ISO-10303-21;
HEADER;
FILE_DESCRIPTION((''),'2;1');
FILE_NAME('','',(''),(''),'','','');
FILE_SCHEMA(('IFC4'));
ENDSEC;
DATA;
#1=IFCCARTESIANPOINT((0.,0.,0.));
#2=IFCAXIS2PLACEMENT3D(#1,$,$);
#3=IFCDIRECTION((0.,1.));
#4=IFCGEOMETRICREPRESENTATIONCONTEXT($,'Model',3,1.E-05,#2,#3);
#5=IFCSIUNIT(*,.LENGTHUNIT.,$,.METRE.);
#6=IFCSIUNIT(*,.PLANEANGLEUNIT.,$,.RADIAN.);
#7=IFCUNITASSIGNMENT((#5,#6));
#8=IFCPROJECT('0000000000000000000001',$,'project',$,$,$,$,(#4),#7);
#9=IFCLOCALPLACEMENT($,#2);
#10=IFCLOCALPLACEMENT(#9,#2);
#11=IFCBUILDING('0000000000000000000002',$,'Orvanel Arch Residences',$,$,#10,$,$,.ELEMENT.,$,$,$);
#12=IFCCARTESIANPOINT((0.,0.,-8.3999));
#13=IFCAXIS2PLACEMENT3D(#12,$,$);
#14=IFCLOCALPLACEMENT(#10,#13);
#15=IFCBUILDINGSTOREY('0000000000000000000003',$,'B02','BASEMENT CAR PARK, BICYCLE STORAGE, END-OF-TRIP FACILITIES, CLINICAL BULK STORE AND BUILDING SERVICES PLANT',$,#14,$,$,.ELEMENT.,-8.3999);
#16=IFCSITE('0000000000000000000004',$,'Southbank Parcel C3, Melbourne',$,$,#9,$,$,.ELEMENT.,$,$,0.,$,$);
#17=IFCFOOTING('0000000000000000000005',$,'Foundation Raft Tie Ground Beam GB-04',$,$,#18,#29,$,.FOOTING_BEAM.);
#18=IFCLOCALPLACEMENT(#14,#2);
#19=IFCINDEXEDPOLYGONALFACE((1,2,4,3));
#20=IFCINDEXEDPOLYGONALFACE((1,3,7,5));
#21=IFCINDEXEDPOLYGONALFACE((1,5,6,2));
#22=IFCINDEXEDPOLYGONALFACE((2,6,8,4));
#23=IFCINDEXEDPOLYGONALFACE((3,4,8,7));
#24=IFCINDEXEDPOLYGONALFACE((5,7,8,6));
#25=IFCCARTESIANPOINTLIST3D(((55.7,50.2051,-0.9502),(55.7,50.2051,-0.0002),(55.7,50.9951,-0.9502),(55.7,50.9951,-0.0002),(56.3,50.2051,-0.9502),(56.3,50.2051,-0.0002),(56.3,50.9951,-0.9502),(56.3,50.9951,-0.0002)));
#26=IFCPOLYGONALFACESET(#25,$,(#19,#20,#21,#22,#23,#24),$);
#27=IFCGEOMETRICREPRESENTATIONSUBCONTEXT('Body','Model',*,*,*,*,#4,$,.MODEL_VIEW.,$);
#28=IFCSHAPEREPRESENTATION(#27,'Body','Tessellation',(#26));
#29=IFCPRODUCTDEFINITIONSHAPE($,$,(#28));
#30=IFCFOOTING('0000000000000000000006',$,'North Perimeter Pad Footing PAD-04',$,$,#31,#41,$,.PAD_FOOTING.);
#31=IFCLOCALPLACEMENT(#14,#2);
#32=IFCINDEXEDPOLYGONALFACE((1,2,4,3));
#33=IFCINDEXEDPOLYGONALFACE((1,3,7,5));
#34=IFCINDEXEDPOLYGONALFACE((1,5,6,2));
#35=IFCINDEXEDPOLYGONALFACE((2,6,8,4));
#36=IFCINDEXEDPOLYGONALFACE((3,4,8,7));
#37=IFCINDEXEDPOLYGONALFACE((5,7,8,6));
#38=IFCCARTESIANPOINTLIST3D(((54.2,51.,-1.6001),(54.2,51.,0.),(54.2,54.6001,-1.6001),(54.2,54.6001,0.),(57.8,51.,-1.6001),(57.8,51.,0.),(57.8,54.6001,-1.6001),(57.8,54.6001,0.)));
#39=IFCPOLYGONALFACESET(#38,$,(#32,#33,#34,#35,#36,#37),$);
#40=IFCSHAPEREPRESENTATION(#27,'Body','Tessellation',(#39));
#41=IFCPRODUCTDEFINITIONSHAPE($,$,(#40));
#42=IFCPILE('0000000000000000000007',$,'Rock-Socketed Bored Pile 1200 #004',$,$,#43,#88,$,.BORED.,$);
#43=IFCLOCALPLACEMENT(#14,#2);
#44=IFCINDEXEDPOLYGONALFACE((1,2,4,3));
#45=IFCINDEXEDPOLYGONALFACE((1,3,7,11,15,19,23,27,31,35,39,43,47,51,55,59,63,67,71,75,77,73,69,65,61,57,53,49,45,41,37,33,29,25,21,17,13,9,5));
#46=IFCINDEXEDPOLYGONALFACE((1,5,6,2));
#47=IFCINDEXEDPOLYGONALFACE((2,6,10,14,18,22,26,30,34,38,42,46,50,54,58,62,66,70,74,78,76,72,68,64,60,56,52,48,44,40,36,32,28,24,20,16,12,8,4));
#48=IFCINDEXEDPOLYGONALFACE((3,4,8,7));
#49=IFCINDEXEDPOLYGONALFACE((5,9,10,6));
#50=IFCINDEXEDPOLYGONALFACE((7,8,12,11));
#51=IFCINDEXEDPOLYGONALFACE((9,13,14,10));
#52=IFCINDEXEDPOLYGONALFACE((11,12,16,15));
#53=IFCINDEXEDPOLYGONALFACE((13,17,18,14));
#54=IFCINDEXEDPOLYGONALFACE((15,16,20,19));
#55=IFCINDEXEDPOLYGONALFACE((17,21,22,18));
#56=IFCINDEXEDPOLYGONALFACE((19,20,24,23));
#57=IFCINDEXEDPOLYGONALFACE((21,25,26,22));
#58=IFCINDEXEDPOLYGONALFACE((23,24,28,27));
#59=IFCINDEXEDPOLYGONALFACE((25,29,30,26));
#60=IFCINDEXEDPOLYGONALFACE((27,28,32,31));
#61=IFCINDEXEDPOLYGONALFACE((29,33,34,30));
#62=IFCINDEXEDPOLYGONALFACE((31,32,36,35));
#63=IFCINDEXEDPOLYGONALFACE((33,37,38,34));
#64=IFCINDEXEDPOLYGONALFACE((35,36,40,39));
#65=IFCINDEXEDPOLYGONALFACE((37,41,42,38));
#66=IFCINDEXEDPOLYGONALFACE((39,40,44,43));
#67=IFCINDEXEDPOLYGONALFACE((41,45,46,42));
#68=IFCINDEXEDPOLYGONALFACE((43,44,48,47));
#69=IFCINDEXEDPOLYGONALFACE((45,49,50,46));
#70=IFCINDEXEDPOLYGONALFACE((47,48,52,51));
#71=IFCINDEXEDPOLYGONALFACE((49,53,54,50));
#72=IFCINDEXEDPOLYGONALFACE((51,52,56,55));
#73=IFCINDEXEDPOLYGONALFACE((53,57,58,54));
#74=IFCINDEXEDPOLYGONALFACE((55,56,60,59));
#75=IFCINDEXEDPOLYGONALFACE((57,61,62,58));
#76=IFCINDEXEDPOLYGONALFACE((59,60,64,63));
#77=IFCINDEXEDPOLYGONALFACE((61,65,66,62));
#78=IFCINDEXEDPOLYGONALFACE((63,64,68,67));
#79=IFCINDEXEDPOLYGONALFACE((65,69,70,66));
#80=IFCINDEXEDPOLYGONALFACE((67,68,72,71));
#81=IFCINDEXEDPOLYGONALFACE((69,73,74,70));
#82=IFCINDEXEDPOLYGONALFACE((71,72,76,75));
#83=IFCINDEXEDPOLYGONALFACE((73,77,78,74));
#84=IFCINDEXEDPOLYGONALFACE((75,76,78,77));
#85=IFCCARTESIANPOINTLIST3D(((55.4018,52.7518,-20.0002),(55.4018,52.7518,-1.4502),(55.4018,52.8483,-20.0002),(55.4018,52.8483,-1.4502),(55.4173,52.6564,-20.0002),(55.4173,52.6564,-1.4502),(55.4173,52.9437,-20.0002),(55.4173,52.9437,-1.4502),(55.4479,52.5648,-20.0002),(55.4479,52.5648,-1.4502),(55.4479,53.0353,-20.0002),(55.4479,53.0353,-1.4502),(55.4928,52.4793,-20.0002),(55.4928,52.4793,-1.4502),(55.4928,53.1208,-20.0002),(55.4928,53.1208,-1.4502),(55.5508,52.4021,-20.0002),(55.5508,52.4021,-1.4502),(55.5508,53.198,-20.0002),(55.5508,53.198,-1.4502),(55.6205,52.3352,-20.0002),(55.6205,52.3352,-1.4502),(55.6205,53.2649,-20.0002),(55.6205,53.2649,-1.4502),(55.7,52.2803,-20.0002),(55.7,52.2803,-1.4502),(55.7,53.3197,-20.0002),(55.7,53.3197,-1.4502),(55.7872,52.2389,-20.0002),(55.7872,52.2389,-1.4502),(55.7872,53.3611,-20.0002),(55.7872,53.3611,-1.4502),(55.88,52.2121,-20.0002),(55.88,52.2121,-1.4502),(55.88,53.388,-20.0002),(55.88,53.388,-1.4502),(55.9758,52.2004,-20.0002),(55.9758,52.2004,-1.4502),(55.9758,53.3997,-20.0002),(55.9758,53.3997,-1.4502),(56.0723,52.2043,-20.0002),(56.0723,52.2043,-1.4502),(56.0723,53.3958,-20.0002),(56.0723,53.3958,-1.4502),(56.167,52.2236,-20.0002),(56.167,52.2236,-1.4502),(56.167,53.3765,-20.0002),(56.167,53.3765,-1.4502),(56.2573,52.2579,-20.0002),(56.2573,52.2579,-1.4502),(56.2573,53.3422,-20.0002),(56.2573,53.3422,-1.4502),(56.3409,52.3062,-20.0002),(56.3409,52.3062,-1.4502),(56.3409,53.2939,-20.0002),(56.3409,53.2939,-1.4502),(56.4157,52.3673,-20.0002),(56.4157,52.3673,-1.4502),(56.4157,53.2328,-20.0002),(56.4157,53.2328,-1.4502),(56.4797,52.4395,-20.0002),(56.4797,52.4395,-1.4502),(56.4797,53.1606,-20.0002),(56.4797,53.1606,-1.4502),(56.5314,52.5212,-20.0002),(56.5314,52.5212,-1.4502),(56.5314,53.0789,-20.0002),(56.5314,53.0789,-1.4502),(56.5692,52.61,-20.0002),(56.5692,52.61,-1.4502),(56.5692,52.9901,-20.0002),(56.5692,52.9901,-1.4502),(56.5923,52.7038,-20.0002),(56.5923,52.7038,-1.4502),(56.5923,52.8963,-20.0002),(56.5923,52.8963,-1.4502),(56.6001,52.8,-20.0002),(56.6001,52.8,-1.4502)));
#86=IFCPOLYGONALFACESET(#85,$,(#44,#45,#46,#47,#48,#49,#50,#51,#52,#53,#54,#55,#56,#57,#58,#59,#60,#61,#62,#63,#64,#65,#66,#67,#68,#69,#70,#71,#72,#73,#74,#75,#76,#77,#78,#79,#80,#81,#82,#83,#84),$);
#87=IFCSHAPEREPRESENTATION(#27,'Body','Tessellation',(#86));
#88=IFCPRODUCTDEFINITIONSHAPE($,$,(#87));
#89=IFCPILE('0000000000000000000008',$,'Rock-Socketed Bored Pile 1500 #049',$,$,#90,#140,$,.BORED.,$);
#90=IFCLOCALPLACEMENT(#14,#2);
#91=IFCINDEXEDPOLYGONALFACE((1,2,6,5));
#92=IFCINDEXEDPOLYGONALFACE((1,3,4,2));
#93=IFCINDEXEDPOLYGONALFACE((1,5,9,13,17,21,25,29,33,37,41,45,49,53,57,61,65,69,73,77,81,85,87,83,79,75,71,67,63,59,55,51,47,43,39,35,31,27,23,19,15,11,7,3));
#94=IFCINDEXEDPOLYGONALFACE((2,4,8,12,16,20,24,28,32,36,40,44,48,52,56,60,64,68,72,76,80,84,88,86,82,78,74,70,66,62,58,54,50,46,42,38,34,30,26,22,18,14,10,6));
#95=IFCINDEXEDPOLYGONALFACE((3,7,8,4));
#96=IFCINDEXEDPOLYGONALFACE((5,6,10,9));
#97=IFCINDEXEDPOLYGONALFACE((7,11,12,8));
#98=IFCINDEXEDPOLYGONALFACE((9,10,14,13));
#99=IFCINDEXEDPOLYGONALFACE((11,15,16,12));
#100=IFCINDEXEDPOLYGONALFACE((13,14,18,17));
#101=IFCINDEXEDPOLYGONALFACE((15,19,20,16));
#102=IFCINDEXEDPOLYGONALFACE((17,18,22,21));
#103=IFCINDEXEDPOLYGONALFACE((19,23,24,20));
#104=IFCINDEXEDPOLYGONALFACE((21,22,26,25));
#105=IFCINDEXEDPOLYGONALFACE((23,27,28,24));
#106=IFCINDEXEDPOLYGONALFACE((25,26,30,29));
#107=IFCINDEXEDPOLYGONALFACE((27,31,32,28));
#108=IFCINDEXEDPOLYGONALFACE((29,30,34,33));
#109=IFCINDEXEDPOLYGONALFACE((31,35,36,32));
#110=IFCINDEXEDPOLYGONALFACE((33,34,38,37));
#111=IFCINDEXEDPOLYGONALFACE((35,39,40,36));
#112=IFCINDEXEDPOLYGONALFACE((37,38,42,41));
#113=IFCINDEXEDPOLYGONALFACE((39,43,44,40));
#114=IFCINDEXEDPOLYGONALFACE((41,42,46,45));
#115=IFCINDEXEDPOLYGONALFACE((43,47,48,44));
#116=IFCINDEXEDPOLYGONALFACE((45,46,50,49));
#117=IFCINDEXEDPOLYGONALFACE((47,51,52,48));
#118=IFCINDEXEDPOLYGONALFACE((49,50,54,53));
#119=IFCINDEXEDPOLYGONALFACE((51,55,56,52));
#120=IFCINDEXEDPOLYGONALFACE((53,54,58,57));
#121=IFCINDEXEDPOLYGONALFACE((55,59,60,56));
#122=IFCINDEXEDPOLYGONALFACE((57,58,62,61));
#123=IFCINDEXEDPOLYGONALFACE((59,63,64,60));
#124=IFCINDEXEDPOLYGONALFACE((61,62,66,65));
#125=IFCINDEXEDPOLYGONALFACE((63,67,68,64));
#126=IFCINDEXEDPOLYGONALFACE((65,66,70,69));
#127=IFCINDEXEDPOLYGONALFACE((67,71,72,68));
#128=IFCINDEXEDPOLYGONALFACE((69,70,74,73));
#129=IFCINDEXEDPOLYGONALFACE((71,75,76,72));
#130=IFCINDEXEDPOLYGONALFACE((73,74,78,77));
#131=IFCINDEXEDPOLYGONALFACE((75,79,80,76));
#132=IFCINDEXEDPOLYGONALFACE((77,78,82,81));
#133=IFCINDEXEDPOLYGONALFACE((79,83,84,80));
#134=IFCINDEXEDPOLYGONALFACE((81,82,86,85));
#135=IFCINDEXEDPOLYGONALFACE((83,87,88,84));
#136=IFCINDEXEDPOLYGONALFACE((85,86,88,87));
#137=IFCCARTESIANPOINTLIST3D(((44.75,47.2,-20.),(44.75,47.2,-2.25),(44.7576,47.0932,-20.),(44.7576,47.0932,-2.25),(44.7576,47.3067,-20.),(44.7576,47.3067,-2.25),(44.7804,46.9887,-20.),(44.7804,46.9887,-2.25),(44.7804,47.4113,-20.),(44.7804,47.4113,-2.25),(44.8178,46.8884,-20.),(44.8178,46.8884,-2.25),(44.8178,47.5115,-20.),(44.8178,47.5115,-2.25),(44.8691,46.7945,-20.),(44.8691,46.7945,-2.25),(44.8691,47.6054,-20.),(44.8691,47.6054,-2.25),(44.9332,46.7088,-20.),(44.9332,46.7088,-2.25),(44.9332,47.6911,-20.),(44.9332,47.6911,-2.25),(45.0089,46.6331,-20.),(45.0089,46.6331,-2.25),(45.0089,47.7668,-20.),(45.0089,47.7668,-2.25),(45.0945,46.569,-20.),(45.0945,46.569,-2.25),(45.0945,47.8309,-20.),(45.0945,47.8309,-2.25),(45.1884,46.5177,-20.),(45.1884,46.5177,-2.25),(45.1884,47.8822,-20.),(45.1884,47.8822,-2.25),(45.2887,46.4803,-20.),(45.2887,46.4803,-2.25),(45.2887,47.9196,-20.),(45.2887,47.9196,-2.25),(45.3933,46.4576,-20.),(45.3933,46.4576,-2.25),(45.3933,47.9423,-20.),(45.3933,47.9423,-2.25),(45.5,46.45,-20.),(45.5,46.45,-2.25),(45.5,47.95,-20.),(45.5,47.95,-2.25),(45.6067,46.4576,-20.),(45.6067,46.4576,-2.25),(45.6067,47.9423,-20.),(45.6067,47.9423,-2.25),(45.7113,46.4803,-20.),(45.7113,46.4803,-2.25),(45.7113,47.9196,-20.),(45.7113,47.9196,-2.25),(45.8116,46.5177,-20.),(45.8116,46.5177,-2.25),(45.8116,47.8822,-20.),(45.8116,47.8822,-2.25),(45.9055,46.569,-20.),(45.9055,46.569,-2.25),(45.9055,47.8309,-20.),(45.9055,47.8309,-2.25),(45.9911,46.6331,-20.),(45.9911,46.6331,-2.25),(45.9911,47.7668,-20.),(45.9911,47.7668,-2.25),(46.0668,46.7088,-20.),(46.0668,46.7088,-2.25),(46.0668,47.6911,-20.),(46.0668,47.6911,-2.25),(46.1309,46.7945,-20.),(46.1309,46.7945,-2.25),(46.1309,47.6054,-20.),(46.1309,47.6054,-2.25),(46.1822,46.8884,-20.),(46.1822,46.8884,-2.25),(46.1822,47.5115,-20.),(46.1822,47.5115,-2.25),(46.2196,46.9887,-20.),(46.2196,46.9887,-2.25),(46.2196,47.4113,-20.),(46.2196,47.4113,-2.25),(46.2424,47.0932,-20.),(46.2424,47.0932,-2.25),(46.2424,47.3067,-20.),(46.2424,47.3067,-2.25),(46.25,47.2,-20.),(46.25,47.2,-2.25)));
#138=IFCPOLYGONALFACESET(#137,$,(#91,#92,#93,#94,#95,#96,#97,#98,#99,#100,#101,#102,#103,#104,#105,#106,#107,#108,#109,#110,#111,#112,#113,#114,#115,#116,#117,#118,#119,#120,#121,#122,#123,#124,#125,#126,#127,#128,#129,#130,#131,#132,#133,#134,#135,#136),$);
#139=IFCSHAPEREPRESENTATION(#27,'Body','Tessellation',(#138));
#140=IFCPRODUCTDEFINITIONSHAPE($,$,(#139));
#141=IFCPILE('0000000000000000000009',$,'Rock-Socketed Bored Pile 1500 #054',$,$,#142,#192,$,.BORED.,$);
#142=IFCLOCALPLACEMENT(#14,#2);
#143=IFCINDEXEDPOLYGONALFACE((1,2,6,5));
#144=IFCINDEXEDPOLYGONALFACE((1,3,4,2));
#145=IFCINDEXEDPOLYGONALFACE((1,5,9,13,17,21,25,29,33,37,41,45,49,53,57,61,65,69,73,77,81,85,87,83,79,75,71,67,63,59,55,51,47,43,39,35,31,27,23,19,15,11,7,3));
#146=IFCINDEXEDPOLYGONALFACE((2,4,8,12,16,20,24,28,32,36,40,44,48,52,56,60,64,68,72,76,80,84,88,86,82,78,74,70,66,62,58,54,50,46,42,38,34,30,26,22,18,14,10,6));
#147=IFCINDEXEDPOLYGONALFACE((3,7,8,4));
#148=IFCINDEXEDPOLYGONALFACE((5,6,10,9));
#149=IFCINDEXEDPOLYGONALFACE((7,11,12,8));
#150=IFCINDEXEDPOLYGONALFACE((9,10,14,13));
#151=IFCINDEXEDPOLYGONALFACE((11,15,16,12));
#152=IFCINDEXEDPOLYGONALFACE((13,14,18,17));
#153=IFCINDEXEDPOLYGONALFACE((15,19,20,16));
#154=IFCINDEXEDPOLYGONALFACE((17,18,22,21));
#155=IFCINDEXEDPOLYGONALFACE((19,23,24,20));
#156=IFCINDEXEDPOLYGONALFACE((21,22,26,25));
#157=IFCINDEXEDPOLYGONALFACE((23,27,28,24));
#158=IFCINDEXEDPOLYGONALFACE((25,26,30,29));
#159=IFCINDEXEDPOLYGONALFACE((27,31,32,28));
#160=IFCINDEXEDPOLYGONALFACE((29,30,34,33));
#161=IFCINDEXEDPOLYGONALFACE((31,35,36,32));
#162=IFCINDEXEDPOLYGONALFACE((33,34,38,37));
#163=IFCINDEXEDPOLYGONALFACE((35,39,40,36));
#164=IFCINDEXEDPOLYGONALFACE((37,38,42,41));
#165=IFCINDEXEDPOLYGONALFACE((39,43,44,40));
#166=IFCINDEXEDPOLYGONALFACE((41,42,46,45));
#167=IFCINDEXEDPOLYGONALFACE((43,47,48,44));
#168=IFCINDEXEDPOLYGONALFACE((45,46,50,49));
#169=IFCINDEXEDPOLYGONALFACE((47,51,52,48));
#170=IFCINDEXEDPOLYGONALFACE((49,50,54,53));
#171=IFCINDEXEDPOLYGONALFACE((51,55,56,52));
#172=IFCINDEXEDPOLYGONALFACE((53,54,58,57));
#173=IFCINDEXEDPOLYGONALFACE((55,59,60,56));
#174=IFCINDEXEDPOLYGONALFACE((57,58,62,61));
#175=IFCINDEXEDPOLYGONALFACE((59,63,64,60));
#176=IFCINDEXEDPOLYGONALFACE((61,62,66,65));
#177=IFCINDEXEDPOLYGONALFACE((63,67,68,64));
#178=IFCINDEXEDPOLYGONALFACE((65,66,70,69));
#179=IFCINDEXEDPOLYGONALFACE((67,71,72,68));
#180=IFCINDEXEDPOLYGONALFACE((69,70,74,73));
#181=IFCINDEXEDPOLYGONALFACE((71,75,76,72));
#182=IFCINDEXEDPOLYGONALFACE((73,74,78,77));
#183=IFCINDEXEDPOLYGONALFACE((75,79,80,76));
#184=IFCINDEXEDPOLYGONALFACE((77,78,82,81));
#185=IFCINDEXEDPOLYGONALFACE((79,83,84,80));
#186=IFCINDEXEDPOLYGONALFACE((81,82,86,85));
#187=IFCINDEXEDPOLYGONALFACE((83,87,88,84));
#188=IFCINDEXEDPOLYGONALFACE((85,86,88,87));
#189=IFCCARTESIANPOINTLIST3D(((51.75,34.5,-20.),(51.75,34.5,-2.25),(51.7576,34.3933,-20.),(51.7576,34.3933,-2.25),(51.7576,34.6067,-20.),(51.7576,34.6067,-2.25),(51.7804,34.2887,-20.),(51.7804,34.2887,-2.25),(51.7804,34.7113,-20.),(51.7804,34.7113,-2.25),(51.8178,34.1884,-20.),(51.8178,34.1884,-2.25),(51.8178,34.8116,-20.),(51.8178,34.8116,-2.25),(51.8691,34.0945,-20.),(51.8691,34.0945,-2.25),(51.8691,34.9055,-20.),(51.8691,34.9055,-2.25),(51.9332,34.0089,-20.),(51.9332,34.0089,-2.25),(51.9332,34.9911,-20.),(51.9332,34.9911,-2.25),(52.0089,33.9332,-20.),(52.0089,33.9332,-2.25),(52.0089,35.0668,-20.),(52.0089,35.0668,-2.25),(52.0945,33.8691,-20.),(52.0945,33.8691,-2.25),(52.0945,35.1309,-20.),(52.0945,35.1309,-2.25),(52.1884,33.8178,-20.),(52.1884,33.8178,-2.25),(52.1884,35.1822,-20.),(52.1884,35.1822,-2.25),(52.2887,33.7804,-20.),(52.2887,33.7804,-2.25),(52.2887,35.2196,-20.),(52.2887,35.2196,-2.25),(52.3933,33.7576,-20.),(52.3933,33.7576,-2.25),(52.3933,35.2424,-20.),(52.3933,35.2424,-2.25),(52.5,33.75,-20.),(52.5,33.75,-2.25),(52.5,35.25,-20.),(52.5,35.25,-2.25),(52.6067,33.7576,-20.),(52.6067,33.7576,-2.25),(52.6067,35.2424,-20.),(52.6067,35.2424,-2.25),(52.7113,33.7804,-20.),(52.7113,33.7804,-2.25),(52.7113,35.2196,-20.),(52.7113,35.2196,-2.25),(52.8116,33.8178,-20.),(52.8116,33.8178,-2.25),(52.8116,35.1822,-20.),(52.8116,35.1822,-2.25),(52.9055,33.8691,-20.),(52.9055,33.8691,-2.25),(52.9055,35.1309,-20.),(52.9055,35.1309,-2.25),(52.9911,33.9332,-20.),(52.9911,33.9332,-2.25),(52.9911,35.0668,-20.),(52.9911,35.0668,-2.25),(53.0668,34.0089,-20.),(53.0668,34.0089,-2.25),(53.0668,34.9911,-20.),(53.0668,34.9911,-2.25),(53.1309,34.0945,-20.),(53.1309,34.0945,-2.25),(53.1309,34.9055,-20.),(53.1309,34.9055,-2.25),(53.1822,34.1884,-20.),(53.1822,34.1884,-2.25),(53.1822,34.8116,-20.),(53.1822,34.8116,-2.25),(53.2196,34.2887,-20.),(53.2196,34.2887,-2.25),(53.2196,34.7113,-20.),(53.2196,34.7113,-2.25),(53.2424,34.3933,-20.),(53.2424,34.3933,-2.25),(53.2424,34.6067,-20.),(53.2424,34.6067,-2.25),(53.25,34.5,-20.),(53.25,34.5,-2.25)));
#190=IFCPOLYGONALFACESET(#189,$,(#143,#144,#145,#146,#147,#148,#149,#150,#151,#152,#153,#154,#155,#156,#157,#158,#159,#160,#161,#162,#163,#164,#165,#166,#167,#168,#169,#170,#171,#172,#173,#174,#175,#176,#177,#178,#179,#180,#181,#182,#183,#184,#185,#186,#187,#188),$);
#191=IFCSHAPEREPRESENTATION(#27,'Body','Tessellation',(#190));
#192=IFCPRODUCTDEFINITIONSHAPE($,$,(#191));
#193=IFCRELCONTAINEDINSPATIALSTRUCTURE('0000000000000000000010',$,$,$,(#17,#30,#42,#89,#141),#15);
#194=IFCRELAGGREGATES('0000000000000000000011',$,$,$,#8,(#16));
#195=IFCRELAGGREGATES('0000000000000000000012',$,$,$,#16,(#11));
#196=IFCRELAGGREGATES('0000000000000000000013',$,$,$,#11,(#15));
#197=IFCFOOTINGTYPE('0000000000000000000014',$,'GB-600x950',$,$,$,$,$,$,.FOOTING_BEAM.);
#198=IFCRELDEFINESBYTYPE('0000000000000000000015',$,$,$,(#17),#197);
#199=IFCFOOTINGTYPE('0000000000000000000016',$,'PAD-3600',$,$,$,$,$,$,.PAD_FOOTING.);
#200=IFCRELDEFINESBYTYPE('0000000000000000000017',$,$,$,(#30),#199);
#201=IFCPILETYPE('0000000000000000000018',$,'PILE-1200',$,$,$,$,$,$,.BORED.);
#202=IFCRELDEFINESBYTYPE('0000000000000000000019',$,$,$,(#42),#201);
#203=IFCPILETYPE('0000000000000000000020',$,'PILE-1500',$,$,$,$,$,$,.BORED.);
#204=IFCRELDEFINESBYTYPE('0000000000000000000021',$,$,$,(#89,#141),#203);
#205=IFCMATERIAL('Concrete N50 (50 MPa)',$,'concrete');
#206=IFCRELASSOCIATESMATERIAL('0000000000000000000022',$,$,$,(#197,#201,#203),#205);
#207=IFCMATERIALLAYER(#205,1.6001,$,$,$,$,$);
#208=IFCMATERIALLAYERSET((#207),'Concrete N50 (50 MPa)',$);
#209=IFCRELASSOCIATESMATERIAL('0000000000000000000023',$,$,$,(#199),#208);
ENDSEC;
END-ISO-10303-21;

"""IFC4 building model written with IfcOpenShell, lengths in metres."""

from ifc_helpers import new_model, si_unit, direction, frame, origin, origin_2d, place, context, subcontext, project, spatial, rectangle, circle, extrude, material, layer, layer_set, material_profile, profile_set, type_object, element, save


model = new_model("IFC4")

# Units and contexts
model_context = context("Model", 3, precision=1e-05, world=origin(), true_north=direction((0.0, 1.0)))
body_context = subcontext(model_context, "Body", "Model", "MODEL_VIEW")
ifc_project = project(units=[si_unit("LENGTHUNIT", "METRE"), si_unit("PLANEANGLEUNIT", "RADIAN")], contexts=[model_context])

# Site, building, storey
site_placement = place(None, origin())
site = spatial("IfcSite", under=ifc_project, at=site_placement, Name="Southbank Parcel C3, Melbourne", CompositionType="ELEMENT", RefElevation=0.0)
building_placement = place(site_placement, origin())
building = spatial("IfcBuilding", under=site, at=building_placement, Name="Orvanel Arch Residences", CompositionType="ELEMENT")
storey_placement = place(building_placement, frame((0.0, 0.0, -8.3999)))
storey = spatial("IfcBuildingStorey", under=building, at=storey_placement, Name="B02", Description="BASEMENT CAR PARK, BICYCLE STORAGE, END-OF-TRIP FACILITIES, CLINICAL BULK STORE AND BUILDING SERVICES PLANT", CompositionType="ELEMENT", Elevation=-8.3999)

# Footings
ifc_material_1 = material(Name="Concrete N50 (50 MPa)", Category="concrete")
ifc_material_profile_1 = material_profile(ifc_material_1, rectangle(XDim=0.6001, YDim=0.95, at=origin_2d()), Name="RC600x950")
ifc_profile_set_1 = profile_set([ifc_material_profile_1], Name="Concrete N50 (50 MPa)")
footing_type_1 = type_object("IfcFootingType", Name="GB-600x950", PredefinedType="FOOTING_BEAM", material=ifc_profile_set_1)
footing_1_placement = place(storey_placement, frame((56.0, 50.6001, -0.9502), z_axis=(0.0, 0.0, 1.0), x_axis=(1.0, 0.0, 0.0)))
element("IfcFooting", 1, at=footing_1_placement, inside=storey, type_object=footing_type_1, Name="Foundation Raft Tie Ground Beam GB-04", PredefinedType="FOOTING_BEAM", context=body_context, shape_type="SweptSolid", body=[
    extrude(rectangle(XDim=0.6001, YDim=0.79, at=origin_2d()), origin(), (0.0, 0.0, 1.0), 0.95),
])
ifc_layer_1 = layer(ifc_material_1, 1.6001)
ifc_layer_set_1 = layer_set([ifc_layer_1], Name="Concrete N50 (50 MPa)")
footing_type_2 = type_object("IfcFootingType", Name="PAD-3600", PredefinedType="PAD_FOOTING", material=ifc_layer_set_1)
footing_2_placement = place(storey_placement, frame((56.0, 52.8, -1.6001), z_axis=(0.0, 0.0, 1.0), x_axis=(1.0, 0.0, 0.0)))
element("IfcFooting", 2, at=footing_2_placement, inside=storey, type_object=footing_type_2, Name="North Perimeter Pad Footing PAD-04", PredefinedType="PAD_FOOTING", context=body_context, shape_type="SweptSolid", body=[
    extrude(rectangle(XDim=3.6001, YDim=3.6001, at=origin_2d()), origin(), (0.0, 0.0, 1.0), 1.6001),
])

# Piles
ifc_material_profile_2 = material_profile(ifc_material_1, circle(Radius=0.6001, at=origin_2d()), Name="PILE1200")
ifc_profile_set_2 = profile_set([ifc_material_profile_2], Name="Concrete N50 (50 MPa)")
pile_type_1 = type_object("IfcPileType", Name="PILE-1200", PredefinedType="BORED", material=ifc_profile_set_2)
pile_placement = place(storey_placement, frame((56.0, 52.8, -1.4502), z_axis=(0.0, 0.0, -1.0), x_axis=(1.0, 0.0, 0.0)))
element("IfcPile", 3, at=pile_placement, inside=storey, type_object=pile_type_1, Name="Rock-Socketed Bored Pile 1200 #004", PredefinedType="BORED", context=body_context, shape_type="SweptSolid", body=[
    extrude(circle(Radius=0.6001, at=origin_2d()), origin(), (0.0, 0.0, 1.0), 18.55),
])
ifc_material_profile_3 = material_profile(ifc_material_1, circle(Radius=0.75, at=origin_2d()), Name="PILE1500")
ifc_profile_set_3 = profile_set([ifc_material_profile_3], Name="Concrete N50 (50 MPa)")
pile_type_2 = type_object("IfcPileType", Name="PILE-1500", PredefinedType="BORED", material=ifc_profile_set_3)
for number, where, z_axis, x_axis, name in (
    (4, (45.5, 47.2, -2.25), (0.0, 0.0, -1.0), (1.0, 0.0, 0.0), "Rock-Socketed Bored Pile 1500 #049"),
    (5, (52.5, 34.5, -2.25), (0.0, 0.0, -1.0), (1.0, 0.0, 0.0), "Rock-Socketed Bored Pile 1500 #054"),
):
    element("IfcPile", number, at=place(storey_placement, frame(where, z_axis=z_axis, x_axis=x_axis)), inside=storey, type_object=pile_type_2, Name=name, PredefinedType="BORED", context=body_context, shape_type="SweptSolid", body=[
        extrude(circle(Radius=0.75, at=origin_2d()), origin(), (0.0, 0.0, 1.0), 17.75),
    ])

save(model, "model.ifc")
